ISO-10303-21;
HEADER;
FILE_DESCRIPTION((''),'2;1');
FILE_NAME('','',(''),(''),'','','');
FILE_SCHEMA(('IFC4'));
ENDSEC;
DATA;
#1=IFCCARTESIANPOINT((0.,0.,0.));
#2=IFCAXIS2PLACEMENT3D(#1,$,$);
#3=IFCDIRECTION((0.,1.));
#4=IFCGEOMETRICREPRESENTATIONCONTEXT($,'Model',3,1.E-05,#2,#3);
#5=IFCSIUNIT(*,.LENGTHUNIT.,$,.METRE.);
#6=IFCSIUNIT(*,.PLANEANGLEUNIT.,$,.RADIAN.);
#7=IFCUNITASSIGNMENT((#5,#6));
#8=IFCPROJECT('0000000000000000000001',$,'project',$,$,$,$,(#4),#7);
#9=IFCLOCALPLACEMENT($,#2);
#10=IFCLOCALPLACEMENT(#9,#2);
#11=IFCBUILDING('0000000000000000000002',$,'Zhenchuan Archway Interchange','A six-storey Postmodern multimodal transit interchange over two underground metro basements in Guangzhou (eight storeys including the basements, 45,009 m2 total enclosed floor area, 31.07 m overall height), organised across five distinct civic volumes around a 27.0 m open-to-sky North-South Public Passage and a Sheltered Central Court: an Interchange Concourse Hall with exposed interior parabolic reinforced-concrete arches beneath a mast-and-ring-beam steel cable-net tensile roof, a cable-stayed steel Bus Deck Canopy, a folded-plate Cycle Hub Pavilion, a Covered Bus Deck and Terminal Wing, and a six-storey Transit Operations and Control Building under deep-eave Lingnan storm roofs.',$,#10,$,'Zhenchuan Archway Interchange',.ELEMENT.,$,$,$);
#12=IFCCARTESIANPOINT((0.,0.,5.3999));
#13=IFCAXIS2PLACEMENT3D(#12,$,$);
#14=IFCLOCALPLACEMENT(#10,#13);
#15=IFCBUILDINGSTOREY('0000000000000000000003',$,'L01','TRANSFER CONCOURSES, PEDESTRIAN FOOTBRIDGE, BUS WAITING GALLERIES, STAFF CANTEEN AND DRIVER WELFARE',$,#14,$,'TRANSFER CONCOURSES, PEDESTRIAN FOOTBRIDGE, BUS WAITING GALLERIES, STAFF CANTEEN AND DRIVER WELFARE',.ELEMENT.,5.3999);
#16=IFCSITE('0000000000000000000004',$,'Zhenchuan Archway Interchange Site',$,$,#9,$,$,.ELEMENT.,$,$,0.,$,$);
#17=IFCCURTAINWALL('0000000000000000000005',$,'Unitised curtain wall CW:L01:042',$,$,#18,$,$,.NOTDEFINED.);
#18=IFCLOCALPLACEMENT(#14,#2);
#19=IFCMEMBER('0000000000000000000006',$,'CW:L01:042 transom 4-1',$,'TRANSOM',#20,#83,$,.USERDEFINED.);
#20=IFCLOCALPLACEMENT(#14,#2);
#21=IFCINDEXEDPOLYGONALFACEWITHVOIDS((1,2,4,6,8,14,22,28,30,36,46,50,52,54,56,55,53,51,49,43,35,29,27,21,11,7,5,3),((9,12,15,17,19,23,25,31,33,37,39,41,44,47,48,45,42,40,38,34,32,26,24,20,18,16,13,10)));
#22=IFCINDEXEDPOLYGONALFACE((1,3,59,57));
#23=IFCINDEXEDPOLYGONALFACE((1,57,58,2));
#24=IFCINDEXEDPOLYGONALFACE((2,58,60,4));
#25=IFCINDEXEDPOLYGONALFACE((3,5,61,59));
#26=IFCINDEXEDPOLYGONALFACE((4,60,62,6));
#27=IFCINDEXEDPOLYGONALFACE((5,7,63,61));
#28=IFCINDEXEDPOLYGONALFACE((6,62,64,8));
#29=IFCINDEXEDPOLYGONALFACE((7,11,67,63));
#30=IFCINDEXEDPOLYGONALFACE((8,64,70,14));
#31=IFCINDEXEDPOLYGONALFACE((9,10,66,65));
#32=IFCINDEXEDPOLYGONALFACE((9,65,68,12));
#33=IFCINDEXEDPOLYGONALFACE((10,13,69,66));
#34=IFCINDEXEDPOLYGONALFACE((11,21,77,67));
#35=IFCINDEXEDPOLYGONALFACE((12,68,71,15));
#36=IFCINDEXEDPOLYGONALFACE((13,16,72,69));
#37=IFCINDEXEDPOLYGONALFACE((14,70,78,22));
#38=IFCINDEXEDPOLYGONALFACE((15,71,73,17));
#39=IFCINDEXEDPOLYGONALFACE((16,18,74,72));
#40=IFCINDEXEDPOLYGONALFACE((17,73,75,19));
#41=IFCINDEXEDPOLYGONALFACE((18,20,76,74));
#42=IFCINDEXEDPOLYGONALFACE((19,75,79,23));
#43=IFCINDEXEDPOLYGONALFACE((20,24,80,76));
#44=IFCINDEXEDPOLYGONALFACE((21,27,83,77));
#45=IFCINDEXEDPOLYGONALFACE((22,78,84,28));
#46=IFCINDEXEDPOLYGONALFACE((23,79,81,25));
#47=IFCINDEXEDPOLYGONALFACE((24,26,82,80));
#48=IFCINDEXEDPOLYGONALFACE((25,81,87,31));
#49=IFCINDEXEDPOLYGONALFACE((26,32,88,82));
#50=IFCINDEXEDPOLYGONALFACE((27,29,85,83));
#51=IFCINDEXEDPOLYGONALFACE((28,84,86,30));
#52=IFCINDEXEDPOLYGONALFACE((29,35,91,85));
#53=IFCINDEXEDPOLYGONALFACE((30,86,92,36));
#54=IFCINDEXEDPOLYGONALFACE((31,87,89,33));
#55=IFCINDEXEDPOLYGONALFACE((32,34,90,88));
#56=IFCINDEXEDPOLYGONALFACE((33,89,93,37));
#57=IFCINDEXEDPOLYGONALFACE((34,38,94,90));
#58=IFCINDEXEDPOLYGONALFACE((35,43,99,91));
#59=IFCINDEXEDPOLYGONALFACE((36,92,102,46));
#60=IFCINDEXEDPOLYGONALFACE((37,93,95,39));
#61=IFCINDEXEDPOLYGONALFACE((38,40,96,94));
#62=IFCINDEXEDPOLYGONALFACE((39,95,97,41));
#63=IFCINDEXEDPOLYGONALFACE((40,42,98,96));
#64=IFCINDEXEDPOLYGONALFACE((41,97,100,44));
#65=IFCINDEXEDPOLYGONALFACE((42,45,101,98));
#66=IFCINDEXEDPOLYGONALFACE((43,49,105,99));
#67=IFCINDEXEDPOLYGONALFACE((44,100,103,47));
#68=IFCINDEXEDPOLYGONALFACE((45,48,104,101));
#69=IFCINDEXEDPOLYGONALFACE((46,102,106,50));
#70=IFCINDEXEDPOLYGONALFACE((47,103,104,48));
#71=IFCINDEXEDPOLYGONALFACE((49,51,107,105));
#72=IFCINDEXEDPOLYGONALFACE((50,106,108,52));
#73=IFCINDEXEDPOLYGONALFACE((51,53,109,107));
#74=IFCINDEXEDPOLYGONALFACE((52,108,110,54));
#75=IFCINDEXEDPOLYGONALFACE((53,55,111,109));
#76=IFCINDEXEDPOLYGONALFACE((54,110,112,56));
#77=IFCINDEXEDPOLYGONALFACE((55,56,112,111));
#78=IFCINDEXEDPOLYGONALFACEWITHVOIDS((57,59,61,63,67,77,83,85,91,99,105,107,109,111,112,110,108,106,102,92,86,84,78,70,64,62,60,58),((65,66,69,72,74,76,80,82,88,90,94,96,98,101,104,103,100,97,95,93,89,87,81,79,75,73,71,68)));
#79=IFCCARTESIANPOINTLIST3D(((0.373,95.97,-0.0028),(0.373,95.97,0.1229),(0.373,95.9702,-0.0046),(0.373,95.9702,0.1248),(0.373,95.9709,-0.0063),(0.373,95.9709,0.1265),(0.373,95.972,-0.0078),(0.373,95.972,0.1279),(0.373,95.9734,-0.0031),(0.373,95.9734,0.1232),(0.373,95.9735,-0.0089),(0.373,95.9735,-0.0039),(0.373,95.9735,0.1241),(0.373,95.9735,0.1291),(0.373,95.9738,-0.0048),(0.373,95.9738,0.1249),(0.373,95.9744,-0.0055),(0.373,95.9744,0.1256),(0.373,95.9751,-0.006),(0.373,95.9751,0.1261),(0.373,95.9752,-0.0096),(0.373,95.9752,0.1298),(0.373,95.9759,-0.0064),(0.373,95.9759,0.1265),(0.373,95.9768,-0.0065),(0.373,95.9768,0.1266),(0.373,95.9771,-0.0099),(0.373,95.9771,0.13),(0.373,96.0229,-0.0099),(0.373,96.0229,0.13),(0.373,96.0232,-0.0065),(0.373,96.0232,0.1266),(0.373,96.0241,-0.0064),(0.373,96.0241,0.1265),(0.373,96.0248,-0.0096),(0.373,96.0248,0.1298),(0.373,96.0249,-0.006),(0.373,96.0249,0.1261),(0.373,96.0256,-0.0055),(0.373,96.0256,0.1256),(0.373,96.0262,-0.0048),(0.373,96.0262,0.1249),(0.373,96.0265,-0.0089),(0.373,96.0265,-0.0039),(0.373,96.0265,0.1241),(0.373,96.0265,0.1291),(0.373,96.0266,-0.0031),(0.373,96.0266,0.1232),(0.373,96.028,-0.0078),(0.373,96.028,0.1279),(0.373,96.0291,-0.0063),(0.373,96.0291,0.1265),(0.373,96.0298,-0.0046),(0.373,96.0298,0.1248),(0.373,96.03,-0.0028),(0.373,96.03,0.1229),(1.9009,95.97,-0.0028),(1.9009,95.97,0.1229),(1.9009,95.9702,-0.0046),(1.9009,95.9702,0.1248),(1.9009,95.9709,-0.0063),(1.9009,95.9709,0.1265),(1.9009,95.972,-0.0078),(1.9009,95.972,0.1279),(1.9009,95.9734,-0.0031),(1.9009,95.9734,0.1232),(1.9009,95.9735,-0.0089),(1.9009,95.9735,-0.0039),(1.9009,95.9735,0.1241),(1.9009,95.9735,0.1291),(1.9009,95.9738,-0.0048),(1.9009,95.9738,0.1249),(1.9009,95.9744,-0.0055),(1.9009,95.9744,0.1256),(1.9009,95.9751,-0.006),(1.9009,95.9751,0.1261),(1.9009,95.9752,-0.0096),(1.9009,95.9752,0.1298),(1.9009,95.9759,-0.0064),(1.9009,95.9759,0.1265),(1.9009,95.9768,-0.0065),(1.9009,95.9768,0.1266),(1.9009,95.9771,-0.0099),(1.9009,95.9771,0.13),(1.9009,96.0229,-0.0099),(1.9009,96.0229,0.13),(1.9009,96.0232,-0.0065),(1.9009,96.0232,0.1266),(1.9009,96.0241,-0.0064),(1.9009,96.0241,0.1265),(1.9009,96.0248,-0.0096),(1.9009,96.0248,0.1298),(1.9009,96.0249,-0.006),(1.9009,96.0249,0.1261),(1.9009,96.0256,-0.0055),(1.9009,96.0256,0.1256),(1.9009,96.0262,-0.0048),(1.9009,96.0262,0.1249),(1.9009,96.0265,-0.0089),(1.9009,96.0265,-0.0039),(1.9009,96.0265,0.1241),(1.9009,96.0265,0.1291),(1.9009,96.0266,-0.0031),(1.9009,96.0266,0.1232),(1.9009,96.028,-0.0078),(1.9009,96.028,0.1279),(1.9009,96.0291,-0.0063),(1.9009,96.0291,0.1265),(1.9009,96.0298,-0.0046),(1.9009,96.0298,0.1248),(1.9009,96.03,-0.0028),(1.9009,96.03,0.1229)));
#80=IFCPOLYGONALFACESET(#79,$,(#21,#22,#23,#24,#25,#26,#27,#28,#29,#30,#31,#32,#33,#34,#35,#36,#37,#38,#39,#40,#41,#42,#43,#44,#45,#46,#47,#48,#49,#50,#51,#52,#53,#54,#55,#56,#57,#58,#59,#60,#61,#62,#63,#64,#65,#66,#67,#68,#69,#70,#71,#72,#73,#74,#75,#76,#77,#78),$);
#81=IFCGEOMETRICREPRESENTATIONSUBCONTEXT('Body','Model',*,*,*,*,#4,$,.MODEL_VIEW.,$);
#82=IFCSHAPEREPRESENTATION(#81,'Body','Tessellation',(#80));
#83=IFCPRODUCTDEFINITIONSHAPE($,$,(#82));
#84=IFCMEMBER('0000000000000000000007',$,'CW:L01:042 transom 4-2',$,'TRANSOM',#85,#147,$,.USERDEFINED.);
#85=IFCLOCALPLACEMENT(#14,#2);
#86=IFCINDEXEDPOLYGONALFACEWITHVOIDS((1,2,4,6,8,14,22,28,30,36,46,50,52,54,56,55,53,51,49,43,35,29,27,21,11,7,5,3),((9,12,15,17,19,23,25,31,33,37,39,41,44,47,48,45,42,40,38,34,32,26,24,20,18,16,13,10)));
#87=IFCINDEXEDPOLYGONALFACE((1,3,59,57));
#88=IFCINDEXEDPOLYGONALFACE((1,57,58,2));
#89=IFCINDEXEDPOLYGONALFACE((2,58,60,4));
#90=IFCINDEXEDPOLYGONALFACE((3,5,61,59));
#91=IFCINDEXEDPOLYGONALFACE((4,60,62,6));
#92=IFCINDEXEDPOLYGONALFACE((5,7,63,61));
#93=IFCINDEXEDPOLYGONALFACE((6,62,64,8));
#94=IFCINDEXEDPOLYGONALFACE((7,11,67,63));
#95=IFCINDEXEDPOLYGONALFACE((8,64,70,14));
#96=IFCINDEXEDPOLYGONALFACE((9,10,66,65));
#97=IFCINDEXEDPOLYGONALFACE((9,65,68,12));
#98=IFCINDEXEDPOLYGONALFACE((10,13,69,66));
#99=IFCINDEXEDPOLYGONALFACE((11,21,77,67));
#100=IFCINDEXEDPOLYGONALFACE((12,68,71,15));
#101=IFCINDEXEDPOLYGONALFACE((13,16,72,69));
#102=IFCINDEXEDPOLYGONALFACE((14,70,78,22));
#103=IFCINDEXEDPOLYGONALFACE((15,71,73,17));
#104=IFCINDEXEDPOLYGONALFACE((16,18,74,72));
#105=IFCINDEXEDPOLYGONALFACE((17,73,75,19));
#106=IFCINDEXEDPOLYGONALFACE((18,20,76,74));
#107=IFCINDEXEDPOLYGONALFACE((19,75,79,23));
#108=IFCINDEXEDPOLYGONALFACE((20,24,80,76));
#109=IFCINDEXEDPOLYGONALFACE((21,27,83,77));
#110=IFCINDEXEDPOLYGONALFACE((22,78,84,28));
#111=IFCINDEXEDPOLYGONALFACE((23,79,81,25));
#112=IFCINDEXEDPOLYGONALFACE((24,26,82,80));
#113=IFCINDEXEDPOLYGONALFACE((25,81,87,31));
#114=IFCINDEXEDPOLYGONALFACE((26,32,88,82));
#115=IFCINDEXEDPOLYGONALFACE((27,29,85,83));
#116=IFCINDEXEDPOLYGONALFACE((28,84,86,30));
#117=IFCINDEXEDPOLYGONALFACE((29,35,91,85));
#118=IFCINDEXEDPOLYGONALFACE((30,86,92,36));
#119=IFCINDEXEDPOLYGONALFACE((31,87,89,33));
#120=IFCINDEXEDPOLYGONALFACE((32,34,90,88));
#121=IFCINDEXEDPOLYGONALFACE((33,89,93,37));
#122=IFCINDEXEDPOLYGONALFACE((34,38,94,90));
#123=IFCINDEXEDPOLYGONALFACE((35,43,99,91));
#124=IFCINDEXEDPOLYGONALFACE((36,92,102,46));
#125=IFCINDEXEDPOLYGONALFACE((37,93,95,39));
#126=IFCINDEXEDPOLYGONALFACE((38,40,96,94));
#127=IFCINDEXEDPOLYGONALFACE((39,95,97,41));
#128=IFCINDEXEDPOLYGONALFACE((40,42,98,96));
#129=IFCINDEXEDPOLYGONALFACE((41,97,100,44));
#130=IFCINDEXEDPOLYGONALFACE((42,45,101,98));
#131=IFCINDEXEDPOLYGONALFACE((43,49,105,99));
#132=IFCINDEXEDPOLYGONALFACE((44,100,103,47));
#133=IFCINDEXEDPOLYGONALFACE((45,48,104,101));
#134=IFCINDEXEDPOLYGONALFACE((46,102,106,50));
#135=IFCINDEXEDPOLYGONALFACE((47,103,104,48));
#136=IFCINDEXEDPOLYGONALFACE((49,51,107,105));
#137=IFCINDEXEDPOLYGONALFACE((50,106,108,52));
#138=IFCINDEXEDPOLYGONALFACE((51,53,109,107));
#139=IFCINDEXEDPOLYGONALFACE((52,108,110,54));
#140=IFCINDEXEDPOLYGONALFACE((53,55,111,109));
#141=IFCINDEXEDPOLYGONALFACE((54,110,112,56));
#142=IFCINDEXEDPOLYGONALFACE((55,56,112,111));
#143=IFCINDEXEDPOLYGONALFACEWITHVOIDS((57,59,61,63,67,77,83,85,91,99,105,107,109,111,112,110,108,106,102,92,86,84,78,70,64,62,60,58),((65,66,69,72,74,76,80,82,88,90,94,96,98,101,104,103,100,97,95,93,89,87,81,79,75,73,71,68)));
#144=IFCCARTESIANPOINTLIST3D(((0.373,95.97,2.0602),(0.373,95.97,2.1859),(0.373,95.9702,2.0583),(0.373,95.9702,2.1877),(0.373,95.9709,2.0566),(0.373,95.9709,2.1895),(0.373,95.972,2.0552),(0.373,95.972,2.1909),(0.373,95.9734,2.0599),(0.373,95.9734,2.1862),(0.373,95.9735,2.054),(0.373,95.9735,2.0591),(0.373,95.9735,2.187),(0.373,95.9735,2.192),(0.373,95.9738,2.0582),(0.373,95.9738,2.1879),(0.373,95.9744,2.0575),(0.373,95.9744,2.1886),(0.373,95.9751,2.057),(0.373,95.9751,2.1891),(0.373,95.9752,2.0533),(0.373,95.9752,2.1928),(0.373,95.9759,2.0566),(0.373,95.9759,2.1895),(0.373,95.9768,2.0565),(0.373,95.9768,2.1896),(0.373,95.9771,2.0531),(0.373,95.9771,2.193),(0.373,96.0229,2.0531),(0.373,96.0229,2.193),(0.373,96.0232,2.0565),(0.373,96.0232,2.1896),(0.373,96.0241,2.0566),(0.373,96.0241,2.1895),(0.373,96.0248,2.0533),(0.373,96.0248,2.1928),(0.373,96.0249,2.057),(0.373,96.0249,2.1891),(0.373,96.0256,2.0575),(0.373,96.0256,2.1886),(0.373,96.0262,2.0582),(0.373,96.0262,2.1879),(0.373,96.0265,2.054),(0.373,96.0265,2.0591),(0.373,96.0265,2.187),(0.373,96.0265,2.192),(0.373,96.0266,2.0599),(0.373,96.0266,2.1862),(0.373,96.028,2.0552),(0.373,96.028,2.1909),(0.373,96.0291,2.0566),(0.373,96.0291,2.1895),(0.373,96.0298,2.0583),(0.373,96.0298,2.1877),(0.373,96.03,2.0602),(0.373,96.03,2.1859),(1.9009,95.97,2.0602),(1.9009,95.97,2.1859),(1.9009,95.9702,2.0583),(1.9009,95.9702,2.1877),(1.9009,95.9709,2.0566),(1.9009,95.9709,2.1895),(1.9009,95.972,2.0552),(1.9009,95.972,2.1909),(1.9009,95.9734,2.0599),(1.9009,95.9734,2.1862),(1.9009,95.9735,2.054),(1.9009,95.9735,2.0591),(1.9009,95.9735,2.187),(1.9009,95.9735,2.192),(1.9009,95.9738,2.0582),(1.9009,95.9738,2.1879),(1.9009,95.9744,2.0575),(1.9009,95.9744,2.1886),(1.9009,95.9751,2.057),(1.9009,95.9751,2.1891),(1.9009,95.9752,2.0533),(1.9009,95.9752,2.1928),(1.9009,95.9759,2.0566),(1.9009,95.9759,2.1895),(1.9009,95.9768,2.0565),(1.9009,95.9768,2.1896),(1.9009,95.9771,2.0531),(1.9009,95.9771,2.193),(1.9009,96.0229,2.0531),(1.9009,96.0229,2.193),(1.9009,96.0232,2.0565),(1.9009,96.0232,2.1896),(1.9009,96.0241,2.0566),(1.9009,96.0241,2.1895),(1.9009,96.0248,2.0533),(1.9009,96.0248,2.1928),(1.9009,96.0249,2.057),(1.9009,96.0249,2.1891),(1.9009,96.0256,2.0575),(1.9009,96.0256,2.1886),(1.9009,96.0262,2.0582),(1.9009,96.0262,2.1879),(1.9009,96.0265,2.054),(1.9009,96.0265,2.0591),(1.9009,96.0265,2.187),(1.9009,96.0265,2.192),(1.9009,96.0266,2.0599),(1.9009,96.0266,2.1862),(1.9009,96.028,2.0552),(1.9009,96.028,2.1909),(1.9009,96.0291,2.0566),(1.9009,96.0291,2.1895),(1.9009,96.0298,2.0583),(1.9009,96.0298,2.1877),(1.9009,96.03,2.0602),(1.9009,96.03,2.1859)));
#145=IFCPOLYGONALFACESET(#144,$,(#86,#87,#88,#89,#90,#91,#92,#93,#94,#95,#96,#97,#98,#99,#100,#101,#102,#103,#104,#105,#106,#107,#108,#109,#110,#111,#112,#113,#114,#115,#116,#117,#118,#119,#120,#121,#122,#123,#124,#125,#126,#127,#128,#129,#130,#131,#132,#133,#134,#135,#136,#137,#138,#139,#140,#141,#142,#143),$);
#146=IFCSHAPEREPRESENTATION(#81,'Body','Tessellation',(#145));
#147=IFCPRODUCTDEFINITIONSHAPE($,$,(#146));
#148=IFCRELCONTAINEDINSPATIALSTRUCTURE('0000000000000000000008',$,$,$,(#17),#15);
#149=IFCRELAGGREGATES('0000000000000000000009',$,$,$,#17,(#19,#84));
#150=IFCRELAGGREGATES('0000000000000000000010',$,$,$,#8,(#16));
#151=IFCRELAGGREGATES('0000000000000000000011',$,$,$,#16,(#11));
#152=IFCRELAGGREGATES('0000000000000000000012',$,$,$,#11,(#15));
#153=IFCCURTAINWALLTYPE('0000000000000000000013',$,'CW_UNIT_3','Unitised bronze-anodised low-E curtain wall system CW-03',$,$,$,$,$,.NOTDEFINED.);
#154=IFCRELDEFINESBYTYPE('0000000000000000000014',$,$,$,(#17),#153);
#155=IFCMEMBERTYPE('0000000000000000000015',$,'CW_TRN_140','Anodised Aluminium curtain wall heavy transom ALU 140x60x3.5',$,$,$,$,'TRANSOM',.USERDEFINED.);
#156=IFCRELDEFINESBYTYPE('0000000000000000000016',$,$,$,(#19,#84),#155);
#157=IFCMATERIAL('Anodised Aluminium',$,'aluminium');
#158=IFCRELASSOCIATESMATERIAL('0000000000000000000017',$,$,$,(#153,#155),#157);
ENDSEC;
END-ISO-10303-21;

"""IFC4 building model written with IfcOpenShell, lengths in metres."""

from ifc_helpers import new_model, si_unit, direction, frame, origin, origin_2d, place, context, subcontext, project, spatial, hollow_rectangle, extrude, material, material_profile, profile_set, type_object, element, aggregate, save


model = new_model("IFC4")

# Units and contexts
model_context = context("Model", 3, precision=1e-05, world=origin(), true_north=direction((0.0, 1.0)))
body_context = subcontext(model_context, "Body", "Model", "MODEL_VIEW")
ifc_project = project(units=[si_unit("LENGTHUNIT", "METRE"), si_unit("PLANEANGLEUNIT", "RADIAN")], contexts=[model_context])

# Site, building, storey
site_placement = place(None, origin())
site = spatial("IfcSite", under=ifc_project, at=site_placement, Name="Zhenchuan Archway Interchange Site", CompositionType="ELEMENT", RefElevation=0.0)
building_placement = place(site_placement, origin())
building = spatial("IfcBuilding", under=site, at=building_placement, Name="Zhenchuan Archway Interchange", Description="A six-storey Postmodern multimodal transit interchange over two underground metro basements in Guangzhou (eight storeys including the basements, 45,009 m2 total enclosed floor area, 31.07 m overall height), organised across five distinct civic volumes around a 27.0 m open-to-sky North-South Public Passage and a Sheltered Central Court: an Interchange Concourse Hall with exposed interior parabolic reinforced-concrete arches beneath a mast-and-ring-beam steel cable-net tensile roof, a cable-stayed steel Bus Deck Canopy, a folded-plate Cycle Hub Pavilion, a Covered Bus Deck and Terminal Wing, and a six-storey Transit Operations and Control Building under deep-eave Lingnan storm roofs.", LongName="Zhenchuan Archway Interchange", CompositionType="ELEMENT")
storey_placement = place(building_placement, frame((0.0, 0.0, 5.3999)))
storey = spatial("IfcBuildingStorey", under=building, at=storey_placement, Name="L01", Description="TRANSFER CONCOURSES, PEDESTRIAN FOOTBRIDGE, BUS WAITING GALLERIES, STAFF CANTEEN AND DRIVER WELFARE", LongName="TRANSFER CONCOURSES, PEDESTRIAN FOOTBRIDGE, BUS WAITING GALLERIES, STAFF CANTEEN AND DRIVER WELFARE", CompositionType="ELEMENT", Elevation=5.3999)

# Curtain wall, members
ifc_material_1 = material(Name="Anodised Aluminium", Category="aluminium")
curtain_wall_type = type_object("IfcCurtainWallType", Name="CW_UNIT_3", Description="Unitised bronze-anodised low-E curtain wall system CW-03", PredefinedType="NOTDEFINED", material=ifc_material_1)
curtain_wall_placement = place(storey_placement, origin())
curtain_wall = element("IfcCurtainWall", 1, at=curtain_wall_placement, inside=storey, type_object=curtain_wall_type, Name="Unitised curtain wall CW:L01:042", PredefinedType="NOTDEFINED")
ifc_material_profile_1 = material_profile(ifc_material_1, hollow_rectangle(XDim=0.0601, YDim=0.1399, WallThickness=0.0034, InnerFilletRadius=0.0034, OuterFilletRadius=0.0071, at=origin_2d()), Name="ALU 140x60x3.5")
ifc_profile_set_1 = profile_set([ifc_material_profile_1], Name="Anodised Aluminium")
member_type_1 = type_object("IfcMemberType", Name="CW_TRN_140", Description="Anodised Aluminium curtain wall heavy transom ALU 140x60x3.5", ElementType="TRANSOM", PredefinedType="USERDEFINED", material=ifc_profile_set_1)
member_1_placement = place(storey_placement, frame((1.9009, 96.0, 0.0601), z_axis=(-1.0, 0.0, 0.0), x_axis=(0.0, -1.0, 0.0)))
member_1 = element("IfcMember", 2, at=member_1_placement, type_object=member_type_1, Name="CW:L01:042 transom 4-1", ObjectType="TRANSOM", PredefinedType="USERDEFINED", context=body_context, shape_type="SweptSolid", body=[
    extrude(hollow_rectangle(XDim=0.0601, YDim=0.1399, WallThickness=0.0034, InnerFilletRadius=0.0034, OuterFilletRadius=0.0071, at=origin_2d()), origin(), (0.0, 0.0, 1.0), 1.5278),
])
member_2_placement = place(storey_placement, frame((1.9009, 96.0, 2.123), z_axis=(-1.0, 0.0, 0.0), x_axis=(0.0, -1.0, 0.0)))
member_2 = element("IfcMember", 3, at=member_2_placement, type_object=member_type_1, Name="CW:L01:042 transom 4-2", ObjectType="TRANSOM", PredefinedType="USERDEFINED", context=body_context, shape_type="SweptSolid", body=[
    extrude(hollow_rectangle(XDim=0.0601, YDim=0.1399, WallThickness=0.0034, InnerFilletRadius=0.0034, OuterFilletRadius=0.0071, at=origin_2d()), origin(), (0.0, 0.0, 1.0), 1.5278),
])

aggregate(curtain_wall, [member_1, member_2])

save(model, "model.ifc")
